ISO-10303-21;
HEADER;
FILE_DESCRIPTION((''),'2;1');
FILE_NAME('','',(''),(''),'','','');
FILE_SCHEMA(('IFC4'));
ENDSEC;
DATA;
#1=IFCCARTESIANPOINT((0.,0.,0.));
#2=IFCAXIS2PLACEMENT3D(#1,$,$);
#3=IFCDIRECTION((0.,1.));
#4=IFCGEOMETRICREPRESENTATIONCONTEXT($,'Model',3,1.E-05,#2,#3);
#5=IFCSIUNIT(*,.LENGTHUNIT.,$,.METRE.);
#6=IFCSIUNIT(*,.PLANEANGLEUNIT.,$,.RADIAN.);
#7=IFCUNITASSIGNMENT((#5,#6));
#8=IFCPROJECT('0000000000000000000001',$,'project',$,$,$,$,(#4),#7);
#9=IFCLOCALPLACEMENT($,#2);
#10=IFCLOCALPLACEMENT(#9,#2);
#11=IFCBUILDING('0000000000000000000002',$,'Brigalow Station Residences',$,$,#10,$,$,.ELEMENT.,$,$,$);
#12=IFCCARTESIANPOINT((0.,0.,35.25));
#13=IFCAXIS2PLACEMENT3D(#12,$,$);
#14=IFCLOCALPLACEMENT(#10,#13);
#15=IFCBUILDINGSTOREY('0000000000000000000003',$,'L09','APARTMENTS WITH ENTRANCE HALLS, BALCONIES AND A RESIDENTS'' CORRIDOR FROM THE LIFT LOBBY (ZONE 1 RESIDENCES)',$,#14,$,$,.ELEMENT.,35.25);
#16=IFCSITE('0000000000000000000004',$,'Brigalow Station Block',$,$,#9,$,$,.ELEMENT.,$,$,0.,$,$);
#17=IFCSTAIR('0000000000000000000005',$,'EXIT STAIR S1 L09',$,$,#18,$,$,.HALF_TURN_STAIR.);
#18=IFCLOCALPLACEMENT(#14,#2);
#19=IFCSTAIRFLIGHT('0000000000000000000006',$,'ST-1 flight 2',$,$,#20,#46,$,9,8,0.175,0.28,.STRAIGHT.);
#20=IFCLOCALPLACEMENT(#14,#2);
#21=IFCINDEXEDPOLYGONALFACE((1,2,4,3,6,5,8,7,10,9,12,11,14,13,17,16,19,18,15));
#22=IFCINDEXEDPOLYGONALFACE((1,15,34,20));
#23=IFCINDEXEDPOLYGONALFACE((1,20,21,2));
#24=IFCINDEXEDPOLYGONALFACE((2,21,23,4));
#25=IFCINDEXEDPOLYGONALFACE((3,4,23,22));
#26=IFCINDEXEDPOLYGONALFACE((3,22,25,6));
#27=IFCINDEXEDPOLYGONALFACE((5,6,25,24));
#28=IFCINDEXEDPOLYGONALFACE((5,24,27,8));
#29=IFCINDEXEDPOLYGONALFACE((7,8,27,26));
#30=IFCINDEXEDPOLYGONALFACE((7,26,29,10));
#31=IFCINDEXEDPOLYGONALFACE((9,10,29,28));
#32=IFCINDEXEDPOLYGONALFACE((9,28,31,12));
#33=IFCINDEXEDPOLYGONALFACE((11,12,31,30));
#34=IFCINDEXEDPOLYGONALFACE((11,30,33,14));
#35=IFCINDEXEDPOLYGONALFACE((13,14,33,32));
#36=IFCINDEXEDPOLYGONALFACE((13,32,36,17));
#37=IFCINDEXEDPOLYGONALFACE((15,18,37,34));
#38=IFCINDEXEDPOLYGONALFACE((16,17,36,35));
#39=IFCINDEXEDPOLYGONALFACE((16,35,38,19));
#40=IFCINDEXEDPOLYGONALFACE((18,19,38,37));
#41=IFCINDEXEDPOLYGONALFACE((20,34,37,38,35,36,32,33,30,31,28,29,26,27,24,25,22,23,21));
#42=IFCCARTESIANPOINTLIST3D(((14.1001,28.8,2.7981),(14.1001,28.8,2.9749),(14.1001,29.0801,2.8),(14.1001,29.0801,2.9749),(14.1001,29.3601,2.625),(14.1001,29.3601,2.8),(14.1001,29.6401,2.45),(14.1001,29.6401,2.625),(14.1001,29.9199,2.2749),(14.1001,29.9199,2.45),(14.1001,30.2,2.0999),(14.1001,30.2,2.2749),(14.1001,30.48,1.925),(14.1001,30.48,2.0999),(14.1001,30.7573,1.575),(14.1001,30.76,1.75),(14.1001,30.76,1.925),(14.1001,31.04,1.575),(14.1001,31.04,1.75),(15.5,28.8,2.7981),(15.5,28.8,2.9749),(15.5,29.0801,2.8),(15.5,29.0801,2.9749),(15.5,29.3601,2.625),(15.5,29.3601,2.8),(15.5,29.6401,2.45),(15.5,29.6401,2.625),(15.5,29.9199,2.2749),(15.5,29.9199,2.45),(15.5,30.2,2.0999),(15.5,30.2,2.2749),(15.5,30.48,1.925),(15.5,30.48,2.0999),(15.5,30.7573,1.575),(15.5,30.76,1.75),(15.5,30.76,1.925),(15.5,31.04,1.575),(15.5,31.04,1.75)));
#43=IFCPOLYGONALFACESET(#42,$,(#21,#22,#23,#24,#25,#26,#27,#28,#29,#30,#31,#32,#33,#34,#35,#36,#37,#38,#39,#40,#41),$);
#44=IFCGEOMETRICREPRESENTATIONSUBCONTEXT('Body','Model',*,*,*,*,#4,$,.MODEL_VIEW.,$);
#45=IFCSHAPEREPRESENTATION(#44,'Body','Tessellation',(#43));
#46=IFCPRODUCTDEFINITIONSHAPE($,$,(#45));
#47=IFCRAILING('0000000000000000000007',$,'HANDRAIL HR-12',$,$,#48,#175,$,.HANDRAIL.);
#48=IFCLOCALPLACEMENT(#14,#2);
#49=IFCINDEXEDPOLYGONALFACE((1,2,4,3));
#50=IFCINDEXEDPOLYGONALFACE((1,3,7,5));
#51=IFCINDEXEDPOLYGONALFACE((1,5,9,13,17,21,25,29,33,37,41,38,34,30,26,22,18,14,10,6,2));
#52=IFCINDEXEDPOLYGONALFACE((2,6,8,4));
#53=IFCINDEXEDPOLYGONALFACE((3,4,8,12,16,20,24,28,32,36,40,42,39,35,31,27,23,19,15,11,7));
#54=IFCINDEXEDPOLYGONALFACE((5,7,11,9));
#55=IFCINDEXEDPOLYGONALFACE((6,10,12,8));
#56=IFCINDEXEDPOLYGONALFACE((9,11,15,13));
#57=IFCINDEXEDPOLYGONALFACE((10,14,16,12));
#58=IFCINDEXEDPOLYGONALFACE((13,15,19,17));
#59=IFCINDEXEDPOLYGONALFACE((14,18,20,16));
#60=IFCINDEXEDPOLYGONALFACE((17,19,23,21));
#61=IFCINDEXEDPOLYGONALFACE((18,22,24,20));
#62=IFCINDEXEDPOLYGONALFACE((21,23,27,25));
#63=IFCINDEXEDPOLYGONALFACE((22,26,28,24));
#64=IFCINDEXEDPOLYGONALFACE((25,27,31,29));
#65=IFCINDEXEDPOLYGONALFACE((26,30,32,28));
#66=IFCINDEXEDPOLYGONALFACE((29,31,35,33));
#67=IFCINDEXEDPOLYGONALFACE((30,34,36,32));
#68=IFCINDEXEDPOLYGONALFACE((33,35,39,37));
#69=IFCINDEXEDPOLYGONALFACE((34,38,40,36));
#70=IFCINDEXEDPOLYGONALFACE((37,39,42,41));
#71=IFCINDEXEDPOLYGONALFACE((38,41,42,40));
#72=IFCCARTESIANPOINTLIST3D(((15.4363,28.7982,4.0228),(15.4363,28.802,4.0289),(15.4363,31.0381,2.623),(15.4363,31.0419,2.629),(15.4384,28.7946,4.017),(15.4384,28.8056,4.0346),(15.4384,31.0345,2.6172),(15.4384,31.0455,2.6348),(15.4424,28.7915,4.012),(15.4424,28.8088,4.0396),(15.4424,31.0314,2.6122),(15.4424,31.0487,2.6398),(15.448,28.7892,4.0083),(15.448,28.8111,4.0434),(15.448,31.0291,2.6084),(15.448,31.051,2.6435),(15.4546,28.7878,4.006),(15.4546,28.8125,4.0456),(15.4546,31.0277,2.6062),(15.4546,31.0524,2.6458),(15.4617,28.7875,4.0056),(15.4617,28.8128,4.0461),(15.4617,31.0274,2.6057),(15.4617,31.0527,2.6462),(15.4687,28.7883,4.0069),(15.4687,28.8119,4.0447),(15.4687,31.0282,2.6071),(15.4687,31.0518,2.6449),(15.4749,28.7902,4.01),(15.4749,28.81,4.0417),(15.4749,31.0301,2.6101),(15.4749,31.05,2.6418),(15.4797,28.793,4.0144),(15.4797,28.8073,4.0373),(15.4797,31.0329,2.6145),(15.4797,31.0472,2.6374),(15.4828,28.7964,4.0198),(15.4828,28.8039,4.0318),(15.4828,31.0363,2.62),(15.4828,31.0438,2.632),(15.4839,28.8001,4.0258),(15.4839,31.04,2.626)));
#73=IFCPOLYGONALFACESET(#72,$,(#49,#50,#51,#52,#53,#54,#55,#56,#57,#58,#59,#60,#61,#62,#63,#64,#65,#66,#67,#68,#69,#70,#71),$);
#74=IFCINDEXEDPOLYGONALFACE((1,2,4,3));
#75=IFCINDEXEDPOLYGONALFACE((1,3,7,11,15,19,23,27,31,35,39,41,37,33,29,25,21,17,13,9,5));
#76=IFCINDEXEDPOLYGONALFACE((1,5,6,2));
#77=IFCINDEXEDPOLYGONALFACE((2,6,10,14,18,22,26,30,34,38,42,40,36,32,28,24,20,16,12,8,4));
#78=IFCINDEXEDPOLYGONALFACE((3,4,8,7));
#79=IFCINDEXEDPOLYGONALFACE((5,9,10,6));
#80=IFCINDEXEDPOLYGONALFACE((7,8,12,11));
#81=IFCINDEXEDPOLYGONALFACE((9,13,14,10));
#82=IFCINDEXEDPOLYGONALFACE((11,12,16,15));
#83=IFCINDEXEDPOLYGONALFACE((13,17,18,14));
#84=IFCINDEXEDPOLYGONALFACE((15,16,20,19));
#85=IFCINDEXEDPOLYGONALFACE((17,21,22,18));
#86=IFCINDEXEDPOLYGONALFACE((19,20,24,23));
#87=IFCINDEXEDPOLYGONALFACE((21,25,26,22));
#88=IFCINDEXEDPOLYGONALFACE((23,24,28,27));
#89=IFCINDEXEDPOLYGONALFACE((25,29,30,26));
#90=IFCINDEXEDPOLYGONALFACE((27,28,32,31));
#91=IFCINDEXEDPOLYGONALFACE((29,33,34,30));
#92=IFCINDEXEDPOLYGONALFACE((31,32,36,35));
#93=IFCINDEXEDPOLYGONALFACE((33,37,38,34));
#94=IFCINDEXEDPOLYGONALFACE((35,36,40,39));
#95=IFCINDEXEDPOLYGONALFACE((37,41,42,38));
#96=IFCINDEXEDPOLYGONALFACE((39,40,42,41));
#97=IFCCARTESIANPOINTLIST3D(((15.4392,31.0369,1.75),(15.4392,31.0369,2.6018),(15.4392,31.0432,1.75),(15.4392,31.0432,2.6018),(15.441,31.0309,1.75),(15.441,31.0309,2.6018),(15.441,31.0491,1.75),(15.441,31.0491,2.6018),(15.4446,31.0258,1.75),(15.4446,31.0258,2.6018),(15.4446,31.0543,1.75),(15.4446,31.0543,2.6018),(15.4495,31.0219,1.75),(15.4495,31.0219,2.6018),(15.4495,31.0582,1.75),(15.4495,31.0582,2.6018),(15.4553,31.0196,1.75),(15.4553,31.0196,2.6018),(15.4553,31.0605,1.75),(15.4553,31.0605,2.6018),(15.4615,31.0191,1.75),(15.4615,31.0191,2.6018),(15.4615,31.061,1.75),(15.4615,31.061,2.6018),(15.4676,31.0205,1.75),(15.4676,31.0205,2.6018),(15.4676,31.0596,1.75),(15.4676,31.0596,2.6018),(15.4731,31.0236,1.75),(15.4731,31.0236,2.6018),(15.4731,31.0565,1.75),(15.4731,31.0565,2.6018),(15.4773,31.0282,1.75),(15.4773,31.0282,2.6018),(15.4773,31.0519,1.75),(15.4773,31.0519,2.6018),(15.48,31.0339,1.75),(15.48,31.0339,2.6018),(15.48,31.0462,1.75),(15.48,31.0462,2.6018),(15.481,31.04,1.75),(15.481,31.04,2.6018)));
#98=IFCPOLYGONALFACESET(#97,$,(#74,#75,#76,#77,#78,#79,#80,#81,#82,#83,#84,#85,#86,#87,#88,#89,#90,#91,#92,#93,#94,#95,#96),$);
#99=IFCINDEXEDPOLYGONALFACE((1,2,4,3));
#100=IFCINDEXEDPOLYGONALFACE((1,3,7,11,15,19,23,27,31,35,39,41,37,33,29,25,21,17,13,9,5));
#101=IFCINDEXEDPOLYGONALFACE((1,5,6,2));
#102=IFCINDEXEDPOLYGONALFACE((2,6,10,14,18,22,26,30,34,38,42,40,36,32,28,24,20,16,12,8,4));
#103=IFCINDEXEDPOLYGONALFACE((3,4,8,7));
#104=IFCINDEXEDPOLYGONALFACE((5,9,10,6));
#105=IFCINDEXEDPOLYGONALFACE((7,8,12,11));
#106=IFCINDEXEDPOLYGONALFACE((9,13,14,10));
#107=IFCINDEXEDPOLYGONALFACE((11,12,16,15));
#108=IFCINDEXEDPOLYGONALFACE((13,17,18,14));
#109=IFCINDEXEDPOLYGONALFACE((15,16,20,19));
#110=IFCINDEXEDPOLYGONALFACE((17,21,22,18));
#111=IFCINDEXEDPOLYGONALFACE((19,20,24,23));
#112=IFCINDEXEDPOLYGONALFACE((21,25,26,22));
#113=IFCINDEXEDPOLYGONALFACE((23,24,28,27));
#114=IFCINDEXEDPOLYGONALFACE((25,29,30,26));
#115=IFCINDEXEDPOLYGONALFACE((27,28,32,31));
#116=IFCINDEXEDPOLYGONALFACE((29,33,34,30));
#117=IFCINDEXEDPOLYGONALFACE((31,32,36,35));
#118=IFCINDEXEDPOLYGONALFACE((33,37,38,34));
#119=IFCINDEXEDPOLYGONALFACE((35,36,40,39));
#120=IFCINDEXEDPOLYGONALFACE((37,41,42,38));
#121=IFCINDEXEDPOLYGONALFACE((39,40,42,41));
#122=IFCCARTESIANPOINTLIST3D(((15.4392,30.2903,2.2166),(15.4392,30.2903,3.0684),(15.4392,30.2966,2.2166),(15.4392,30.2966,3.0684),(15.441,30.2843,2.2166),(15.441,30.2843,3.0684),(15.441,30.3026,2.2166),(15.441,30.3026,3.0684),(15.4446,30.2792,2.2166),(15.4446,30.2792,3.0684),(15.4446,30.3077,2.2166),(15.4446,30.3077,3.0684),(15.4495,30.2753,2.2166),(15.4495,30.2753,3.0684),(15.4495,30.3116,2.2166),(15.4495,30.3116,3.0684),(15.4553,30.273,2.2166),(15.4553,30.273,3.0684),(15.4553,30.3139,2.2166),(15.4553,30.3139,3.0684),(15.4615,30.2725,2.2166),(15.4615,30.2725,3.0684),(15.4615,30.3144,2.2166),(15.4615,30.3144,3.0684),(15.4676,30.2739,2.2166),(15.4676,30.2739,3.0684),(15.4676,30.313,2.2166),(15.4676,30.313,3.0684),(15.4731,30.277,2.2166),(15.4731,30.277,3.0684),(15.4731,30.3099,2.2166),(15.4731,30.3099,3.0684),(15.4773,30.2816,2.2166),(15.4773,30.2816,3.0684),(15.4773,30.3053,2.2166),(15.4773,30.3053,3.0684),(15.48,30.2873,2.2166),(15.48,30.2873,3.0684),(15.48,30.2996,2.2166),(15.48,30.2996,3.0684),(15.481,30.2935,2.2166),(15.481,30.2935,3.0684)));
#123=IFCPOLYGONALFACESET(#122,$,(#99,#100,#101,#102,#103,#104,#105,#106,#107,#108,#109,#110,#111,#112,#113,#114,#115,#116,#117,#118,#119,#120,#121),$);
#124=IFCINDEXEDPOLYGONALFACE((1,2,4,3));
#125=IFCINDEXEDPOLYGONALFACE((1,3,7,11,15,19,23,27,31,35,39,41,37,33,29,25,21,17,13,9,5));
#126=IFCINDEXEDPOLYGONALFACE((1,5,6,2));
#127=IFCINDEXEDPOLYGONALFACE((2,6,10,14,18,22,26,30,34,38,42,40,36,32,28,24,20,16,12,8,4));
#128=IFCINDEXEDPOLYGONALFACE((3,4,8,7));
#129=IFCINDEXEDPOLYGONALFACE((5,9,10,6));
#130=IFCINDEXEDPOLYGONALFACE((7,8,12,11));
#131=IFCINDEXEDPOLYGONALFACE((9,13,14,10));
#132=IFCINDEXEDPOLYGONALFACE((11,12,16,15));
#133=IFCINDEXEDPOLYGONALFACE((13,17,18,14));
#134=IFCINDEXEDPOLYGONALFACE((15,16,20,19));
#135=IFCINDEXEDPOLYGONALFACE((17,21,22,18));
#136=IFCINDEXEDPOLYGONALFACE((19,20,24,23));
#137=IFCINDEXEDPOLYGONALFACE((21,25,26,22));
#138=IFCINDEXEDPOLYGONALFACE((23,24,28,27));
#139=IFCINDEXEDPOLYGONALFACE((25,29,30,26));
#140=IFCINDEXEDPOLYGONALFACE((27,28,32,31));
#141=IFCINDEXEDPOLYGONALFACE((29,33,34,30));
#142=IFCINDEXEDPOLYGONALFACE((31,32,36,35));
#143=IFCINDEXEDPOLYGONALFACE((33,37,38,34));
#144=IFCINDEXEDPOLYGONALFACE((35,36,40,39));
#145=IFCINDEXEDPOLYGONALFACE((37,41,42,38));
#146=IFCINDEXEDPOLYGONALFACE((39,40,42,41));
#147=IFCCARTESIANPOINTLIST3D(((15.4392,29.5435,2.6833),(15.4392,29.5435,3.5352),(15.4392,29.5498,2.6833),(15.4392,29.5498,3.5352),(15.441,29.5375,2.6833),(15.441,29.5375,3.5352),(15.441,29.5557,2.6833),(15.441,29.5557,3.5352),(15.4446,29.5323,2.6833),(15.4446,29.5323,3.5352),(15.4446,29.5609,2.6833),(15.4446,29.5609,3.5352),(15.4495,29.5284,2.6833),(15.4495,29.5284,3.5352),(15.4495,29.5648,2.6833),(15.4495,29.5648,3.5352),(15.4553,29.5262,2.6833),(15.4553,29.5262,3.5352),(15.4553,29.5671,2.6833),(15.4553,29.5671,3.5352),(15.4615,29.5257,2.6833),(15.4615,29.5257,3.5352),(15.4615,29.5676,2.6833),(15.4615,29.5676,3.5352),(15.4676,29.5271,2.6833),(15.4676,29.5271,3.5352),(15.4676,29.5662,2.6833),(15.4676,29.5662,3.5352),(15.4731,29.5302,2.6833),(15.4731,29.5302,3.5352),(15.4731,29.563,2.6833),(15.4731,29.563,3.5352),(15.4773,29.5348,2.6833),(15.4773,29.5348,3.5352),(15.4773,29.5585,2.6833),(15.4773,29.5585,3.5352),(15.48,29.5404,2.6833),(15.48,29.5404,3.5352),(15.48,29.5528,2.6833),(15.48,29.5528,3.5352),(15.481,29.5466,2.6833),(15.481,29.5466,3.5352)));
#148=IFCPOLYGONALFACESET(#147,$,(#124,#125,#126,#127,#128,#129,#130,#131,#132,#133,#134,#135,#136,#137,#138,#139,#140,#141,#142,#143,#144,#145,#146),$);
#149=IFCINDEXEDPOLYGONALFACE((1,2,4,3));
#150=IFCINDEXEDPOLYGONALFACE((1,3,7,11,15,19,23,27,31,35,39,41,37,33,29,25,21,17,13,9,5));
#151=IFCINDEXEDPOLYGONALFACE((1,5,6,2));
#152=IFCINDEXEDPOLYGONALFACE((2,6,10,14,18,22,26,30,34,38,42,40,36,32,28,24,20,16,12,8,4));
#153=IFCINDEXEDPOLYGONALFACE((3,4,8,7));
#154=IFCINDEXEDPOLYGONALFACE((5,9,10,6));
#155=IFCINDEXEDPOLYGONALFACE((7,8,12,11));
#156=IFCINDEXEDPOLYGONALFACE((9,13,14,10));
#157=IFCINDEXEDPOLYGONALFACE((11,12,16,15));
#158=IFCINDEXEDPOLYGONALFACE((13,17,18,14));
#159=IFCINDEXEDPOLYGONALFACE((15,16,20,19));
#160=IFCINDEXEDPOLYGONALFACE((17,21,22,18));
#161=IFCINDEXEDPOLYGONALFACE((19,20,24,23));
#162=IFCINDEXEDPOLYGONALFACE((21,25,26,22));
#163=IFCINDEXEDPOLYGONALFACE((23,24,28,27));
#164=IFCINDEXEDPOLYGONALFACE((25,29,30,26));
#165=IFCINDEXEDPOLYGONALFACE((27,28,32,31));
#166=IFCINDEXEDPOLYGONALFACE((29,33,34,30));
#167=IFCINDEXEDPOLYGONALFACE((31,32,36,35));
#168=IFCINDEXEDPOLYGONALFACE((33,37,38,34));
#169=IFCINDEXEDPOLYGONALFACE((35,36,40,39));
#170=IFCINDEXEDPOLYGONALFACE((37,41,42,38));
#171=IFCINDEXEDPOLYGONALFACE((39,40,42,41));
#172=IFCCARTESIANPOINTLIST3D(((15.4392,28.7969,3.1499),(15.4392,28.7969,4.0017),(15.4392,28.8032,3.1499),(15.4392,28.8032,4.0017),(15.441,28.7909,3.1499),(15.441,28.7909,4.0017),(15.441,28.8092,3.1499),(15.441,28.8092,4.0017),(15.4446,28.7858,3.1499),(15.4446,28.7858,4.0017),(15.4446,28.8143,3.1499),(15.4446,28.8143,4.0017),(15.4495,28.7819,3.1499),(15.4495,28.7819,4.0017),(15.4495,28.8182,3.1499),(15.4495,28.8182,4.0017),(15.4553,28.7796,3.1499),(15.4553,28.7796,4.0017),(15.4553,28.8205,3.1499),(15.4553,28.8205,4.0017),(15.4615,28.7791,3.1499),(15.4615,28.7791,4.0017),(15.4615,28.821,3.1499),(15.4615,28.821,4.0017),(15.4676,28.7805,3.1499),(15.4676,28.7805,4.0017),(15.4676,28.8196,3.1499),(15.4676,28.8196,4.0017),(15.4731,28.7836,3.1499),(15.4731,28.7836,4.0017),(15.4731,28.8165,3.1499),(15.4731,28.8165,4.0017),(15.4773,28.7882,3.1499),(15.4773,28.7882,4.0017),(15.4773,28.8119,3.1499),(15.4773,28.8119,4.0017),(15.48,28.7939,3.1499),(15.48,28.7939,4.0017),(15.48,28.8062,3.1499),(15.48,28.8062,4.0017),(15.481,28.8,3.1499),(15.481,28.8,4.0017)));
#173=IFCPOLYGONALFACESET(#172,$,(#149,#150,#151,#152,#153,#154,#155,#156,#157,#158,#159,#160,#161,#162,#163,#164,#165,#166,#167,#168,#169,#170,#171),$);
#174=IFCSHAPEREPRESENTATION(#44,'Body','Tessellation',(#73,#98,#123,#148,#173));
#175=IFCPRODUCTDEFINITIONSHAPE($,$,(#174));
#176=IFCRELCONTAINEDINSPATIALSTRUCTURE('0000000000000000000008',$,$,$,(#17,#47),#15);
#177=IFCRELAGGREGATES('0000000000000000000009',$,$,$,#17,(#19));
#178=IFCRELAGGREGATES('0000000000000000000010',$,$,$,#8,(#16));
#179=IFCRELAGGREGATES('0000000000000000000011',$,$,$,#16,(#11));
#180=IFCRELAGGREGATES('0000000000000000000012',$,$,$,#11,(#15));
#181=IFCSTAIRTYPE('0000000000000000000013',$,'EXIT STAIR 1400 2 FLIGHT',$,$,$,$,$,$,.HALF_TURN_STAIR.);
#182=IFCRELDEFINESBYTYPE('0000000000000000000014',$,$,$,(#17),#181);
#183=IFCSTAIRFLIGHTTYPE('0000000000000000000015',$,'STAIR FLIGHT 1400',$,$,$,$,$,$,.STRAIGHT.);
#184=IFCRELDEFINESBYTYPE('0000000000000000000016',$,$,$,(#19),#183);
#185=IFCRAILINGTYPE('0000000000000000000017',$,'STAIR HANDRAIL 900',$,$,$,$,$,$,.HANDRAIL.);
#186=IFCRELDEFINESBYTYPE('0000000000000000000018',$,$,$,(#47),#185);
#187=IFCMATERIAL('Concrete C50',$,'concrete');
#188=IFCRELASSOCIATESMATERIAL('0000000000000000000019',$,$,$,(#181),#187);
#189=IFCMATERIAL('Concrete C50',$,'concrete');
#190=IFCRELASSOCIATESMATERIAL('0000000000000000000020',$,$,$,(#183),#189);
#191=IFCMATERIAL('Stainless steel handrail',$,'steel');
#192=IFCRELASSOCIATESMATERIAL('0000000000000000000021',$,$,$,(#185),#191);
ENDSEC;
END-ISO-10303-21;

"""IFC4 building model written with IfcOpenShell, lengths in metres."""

from ifc_helpers import new_model, si_unit, direction, frame, origin, origin_2d, place, context, subcontext, project, spatial, polyline, circle, outline, extrude, material, type_object, element, aggregate, save


model = new_model("IFC4")

# Units and contexts
model_context = context("Model", 3, precision=1e-05, world=origin(), true_north=direction((0.0, 1.0)))
body_context = subcontext(model_context, "Body", "Model", "MODEL_VIEW")
ifc_project = project(units=[si_unit("LENGTHUNIT", "METRE"), si_unit("PLANEANGLEUNIT", "RADIAN")], contexts=[model_context])

# Site, building, storey
site_placement = place(None, origin())
site = spatial("IfcSite", under=ifc_project, at=site_placement, Name="Brigalow Station Block", CompositionType="ELEMENT", RefElevation=0.0)
building_placement = place(site_placement, origin())
building = spatial("IfcBuilding", under=site, at=building_placement, Name="Brigalow Station Residences", CompositionType="ELEMENT")
storey_placement = place(building_placement, frame((0.0, 0.0, 35.25)))
storey = spatial("IfcBuildingStorey", under=building, at=storey_placement, Name="L09", Description="APARTMENTS WITH ENTRANCE HALLS, BALCONIES AND A RESIDENTS' CORRIDOR FROM THE LIFT LOBBY (ZONE 1 RESIDENCES)", CompositionType="ELEMENT", Elevation=35.25)

# Stair, stair flight
ifc_material_1 = material(Name="Concrete C50", Category="concrete")
stair_type = type_object("IfcStairType", Name="EXIT STAIR 1400 2 FLIGHT", PredefinedType="HALF_TURN_STAIR", material=ifc_material_1)
stair_placement = place(storey_placement, origin())
stair = element("IfcStair", 1, at=stair_placement, inside=storey, type_object=stair_type, Name="EXIT STAIR S1 L09", PredefinedType="HALF_TURN_STAIR")
ifc_material_2 = material(Name="Concrete C50", Category="concrete")
stair_flight_type = type_object("IfcStairFlightType", Name="STAIR FLIGHT 1400", PredefinedType="STRAIGHT", material=ifc_material_2)
stair_flight_1_placement = place(storey_placement, frame((14.8, 31.04, 1.575), z_axis=(0.0, 0.0, 1.0), x_axis=(0.0, -1.0, 0.0)))
stair_flight_1 = element("IfcStairFlight", 2, at=stair_flight_1_placement, type_object=stair_flight_type, Name="ST-1 flight 2", NumberOfRisers=9, NumberOfTreads=8, PredefinedType="STRAIGHT", RiserHeight=0.175, TreadLength=0.28, context=body_context, shape_type="SweptSolid", body=[
    extrude(outline(polyline([(0.0, 0.0), (0.0, 0.175), (0.28, 0.175), (0.28, 0.3501), (0.5601, 0.3501), (0.5601, 0.5249), (0.8401, 0.5249), (0.8401, 0.7), (1.1201, 0.7), (1.1201, 0.875), (1.3999, 0.875), (1.3999, 1.05), (1.6799, 1.05), (1.6799, 1.2251), (1.96, 1.2251), (1.96, 1.3999), (2.24, 1.3999), (2.24, 1.575), (2.24, 1.2231), (0.2827, 0.0), (0.0, 0.0)])), frame((0.0, 0.7, 0.0), z_axis=(0.0, -1.0, 0.0), x_axis=(1.0, 0.0, 0.0)), (0.0, 0.0, 1.0), 1.3999),
])
aggregate(stair, [stair_flight_1])

# Railing
ifc_material_3 = material(Name="Stainless steel handrail", Category="steel")
railing_type_1 = type_object("IfcRailingType", Name="STAIR HANDRAIL 900", PredefinedType="HANDRAIL", material=ifc_material_3)
railing_1_placement = place(storey_placement, frame((15.46, 31.04, 1.75)))
element("IfcRailing", 3, at=railing_1_placement, inside=storey, type_object=railing_type_1, Name="HANDRAIL HR-12", PredefinedType="HANDRAIL", context=body_context, shape_type="SweptSolid", body=[
    extrude(circle(Radius=0.0239, at=origin_2d()), frame((0.0, 0.0, 0.876), z_axis=(0.0, -0.848014, 0.529974), x_axis=(1.0, 0.0, 0.0)), (0.0, 0.0, 1.0), 2.6414),
    extrude(circle(Radius=0.021, at=origin_2d()), origin(), (0.0, 0.0, 1.0), 0.8518),
    extrude(circle(Radius=0.021, at=origin_2d()), frame((0.0, -0.7466, 0.4666)), (0.0, 0.0, 1.0), 0.8518),
    extrude(circle(Radius=0.021, at=origin_2d()), frame((0.0, -1.4934, 0.9333)), (0.0, 0.0, 1.0), 0.8518),
    extrude(circle(Radius=0.021, at=origin_2d()), frame((0.0, -2.24, 1.3999)), (0.0, 0.0, 1.0), 0.8518),
])

save(model, "model.ifc")
